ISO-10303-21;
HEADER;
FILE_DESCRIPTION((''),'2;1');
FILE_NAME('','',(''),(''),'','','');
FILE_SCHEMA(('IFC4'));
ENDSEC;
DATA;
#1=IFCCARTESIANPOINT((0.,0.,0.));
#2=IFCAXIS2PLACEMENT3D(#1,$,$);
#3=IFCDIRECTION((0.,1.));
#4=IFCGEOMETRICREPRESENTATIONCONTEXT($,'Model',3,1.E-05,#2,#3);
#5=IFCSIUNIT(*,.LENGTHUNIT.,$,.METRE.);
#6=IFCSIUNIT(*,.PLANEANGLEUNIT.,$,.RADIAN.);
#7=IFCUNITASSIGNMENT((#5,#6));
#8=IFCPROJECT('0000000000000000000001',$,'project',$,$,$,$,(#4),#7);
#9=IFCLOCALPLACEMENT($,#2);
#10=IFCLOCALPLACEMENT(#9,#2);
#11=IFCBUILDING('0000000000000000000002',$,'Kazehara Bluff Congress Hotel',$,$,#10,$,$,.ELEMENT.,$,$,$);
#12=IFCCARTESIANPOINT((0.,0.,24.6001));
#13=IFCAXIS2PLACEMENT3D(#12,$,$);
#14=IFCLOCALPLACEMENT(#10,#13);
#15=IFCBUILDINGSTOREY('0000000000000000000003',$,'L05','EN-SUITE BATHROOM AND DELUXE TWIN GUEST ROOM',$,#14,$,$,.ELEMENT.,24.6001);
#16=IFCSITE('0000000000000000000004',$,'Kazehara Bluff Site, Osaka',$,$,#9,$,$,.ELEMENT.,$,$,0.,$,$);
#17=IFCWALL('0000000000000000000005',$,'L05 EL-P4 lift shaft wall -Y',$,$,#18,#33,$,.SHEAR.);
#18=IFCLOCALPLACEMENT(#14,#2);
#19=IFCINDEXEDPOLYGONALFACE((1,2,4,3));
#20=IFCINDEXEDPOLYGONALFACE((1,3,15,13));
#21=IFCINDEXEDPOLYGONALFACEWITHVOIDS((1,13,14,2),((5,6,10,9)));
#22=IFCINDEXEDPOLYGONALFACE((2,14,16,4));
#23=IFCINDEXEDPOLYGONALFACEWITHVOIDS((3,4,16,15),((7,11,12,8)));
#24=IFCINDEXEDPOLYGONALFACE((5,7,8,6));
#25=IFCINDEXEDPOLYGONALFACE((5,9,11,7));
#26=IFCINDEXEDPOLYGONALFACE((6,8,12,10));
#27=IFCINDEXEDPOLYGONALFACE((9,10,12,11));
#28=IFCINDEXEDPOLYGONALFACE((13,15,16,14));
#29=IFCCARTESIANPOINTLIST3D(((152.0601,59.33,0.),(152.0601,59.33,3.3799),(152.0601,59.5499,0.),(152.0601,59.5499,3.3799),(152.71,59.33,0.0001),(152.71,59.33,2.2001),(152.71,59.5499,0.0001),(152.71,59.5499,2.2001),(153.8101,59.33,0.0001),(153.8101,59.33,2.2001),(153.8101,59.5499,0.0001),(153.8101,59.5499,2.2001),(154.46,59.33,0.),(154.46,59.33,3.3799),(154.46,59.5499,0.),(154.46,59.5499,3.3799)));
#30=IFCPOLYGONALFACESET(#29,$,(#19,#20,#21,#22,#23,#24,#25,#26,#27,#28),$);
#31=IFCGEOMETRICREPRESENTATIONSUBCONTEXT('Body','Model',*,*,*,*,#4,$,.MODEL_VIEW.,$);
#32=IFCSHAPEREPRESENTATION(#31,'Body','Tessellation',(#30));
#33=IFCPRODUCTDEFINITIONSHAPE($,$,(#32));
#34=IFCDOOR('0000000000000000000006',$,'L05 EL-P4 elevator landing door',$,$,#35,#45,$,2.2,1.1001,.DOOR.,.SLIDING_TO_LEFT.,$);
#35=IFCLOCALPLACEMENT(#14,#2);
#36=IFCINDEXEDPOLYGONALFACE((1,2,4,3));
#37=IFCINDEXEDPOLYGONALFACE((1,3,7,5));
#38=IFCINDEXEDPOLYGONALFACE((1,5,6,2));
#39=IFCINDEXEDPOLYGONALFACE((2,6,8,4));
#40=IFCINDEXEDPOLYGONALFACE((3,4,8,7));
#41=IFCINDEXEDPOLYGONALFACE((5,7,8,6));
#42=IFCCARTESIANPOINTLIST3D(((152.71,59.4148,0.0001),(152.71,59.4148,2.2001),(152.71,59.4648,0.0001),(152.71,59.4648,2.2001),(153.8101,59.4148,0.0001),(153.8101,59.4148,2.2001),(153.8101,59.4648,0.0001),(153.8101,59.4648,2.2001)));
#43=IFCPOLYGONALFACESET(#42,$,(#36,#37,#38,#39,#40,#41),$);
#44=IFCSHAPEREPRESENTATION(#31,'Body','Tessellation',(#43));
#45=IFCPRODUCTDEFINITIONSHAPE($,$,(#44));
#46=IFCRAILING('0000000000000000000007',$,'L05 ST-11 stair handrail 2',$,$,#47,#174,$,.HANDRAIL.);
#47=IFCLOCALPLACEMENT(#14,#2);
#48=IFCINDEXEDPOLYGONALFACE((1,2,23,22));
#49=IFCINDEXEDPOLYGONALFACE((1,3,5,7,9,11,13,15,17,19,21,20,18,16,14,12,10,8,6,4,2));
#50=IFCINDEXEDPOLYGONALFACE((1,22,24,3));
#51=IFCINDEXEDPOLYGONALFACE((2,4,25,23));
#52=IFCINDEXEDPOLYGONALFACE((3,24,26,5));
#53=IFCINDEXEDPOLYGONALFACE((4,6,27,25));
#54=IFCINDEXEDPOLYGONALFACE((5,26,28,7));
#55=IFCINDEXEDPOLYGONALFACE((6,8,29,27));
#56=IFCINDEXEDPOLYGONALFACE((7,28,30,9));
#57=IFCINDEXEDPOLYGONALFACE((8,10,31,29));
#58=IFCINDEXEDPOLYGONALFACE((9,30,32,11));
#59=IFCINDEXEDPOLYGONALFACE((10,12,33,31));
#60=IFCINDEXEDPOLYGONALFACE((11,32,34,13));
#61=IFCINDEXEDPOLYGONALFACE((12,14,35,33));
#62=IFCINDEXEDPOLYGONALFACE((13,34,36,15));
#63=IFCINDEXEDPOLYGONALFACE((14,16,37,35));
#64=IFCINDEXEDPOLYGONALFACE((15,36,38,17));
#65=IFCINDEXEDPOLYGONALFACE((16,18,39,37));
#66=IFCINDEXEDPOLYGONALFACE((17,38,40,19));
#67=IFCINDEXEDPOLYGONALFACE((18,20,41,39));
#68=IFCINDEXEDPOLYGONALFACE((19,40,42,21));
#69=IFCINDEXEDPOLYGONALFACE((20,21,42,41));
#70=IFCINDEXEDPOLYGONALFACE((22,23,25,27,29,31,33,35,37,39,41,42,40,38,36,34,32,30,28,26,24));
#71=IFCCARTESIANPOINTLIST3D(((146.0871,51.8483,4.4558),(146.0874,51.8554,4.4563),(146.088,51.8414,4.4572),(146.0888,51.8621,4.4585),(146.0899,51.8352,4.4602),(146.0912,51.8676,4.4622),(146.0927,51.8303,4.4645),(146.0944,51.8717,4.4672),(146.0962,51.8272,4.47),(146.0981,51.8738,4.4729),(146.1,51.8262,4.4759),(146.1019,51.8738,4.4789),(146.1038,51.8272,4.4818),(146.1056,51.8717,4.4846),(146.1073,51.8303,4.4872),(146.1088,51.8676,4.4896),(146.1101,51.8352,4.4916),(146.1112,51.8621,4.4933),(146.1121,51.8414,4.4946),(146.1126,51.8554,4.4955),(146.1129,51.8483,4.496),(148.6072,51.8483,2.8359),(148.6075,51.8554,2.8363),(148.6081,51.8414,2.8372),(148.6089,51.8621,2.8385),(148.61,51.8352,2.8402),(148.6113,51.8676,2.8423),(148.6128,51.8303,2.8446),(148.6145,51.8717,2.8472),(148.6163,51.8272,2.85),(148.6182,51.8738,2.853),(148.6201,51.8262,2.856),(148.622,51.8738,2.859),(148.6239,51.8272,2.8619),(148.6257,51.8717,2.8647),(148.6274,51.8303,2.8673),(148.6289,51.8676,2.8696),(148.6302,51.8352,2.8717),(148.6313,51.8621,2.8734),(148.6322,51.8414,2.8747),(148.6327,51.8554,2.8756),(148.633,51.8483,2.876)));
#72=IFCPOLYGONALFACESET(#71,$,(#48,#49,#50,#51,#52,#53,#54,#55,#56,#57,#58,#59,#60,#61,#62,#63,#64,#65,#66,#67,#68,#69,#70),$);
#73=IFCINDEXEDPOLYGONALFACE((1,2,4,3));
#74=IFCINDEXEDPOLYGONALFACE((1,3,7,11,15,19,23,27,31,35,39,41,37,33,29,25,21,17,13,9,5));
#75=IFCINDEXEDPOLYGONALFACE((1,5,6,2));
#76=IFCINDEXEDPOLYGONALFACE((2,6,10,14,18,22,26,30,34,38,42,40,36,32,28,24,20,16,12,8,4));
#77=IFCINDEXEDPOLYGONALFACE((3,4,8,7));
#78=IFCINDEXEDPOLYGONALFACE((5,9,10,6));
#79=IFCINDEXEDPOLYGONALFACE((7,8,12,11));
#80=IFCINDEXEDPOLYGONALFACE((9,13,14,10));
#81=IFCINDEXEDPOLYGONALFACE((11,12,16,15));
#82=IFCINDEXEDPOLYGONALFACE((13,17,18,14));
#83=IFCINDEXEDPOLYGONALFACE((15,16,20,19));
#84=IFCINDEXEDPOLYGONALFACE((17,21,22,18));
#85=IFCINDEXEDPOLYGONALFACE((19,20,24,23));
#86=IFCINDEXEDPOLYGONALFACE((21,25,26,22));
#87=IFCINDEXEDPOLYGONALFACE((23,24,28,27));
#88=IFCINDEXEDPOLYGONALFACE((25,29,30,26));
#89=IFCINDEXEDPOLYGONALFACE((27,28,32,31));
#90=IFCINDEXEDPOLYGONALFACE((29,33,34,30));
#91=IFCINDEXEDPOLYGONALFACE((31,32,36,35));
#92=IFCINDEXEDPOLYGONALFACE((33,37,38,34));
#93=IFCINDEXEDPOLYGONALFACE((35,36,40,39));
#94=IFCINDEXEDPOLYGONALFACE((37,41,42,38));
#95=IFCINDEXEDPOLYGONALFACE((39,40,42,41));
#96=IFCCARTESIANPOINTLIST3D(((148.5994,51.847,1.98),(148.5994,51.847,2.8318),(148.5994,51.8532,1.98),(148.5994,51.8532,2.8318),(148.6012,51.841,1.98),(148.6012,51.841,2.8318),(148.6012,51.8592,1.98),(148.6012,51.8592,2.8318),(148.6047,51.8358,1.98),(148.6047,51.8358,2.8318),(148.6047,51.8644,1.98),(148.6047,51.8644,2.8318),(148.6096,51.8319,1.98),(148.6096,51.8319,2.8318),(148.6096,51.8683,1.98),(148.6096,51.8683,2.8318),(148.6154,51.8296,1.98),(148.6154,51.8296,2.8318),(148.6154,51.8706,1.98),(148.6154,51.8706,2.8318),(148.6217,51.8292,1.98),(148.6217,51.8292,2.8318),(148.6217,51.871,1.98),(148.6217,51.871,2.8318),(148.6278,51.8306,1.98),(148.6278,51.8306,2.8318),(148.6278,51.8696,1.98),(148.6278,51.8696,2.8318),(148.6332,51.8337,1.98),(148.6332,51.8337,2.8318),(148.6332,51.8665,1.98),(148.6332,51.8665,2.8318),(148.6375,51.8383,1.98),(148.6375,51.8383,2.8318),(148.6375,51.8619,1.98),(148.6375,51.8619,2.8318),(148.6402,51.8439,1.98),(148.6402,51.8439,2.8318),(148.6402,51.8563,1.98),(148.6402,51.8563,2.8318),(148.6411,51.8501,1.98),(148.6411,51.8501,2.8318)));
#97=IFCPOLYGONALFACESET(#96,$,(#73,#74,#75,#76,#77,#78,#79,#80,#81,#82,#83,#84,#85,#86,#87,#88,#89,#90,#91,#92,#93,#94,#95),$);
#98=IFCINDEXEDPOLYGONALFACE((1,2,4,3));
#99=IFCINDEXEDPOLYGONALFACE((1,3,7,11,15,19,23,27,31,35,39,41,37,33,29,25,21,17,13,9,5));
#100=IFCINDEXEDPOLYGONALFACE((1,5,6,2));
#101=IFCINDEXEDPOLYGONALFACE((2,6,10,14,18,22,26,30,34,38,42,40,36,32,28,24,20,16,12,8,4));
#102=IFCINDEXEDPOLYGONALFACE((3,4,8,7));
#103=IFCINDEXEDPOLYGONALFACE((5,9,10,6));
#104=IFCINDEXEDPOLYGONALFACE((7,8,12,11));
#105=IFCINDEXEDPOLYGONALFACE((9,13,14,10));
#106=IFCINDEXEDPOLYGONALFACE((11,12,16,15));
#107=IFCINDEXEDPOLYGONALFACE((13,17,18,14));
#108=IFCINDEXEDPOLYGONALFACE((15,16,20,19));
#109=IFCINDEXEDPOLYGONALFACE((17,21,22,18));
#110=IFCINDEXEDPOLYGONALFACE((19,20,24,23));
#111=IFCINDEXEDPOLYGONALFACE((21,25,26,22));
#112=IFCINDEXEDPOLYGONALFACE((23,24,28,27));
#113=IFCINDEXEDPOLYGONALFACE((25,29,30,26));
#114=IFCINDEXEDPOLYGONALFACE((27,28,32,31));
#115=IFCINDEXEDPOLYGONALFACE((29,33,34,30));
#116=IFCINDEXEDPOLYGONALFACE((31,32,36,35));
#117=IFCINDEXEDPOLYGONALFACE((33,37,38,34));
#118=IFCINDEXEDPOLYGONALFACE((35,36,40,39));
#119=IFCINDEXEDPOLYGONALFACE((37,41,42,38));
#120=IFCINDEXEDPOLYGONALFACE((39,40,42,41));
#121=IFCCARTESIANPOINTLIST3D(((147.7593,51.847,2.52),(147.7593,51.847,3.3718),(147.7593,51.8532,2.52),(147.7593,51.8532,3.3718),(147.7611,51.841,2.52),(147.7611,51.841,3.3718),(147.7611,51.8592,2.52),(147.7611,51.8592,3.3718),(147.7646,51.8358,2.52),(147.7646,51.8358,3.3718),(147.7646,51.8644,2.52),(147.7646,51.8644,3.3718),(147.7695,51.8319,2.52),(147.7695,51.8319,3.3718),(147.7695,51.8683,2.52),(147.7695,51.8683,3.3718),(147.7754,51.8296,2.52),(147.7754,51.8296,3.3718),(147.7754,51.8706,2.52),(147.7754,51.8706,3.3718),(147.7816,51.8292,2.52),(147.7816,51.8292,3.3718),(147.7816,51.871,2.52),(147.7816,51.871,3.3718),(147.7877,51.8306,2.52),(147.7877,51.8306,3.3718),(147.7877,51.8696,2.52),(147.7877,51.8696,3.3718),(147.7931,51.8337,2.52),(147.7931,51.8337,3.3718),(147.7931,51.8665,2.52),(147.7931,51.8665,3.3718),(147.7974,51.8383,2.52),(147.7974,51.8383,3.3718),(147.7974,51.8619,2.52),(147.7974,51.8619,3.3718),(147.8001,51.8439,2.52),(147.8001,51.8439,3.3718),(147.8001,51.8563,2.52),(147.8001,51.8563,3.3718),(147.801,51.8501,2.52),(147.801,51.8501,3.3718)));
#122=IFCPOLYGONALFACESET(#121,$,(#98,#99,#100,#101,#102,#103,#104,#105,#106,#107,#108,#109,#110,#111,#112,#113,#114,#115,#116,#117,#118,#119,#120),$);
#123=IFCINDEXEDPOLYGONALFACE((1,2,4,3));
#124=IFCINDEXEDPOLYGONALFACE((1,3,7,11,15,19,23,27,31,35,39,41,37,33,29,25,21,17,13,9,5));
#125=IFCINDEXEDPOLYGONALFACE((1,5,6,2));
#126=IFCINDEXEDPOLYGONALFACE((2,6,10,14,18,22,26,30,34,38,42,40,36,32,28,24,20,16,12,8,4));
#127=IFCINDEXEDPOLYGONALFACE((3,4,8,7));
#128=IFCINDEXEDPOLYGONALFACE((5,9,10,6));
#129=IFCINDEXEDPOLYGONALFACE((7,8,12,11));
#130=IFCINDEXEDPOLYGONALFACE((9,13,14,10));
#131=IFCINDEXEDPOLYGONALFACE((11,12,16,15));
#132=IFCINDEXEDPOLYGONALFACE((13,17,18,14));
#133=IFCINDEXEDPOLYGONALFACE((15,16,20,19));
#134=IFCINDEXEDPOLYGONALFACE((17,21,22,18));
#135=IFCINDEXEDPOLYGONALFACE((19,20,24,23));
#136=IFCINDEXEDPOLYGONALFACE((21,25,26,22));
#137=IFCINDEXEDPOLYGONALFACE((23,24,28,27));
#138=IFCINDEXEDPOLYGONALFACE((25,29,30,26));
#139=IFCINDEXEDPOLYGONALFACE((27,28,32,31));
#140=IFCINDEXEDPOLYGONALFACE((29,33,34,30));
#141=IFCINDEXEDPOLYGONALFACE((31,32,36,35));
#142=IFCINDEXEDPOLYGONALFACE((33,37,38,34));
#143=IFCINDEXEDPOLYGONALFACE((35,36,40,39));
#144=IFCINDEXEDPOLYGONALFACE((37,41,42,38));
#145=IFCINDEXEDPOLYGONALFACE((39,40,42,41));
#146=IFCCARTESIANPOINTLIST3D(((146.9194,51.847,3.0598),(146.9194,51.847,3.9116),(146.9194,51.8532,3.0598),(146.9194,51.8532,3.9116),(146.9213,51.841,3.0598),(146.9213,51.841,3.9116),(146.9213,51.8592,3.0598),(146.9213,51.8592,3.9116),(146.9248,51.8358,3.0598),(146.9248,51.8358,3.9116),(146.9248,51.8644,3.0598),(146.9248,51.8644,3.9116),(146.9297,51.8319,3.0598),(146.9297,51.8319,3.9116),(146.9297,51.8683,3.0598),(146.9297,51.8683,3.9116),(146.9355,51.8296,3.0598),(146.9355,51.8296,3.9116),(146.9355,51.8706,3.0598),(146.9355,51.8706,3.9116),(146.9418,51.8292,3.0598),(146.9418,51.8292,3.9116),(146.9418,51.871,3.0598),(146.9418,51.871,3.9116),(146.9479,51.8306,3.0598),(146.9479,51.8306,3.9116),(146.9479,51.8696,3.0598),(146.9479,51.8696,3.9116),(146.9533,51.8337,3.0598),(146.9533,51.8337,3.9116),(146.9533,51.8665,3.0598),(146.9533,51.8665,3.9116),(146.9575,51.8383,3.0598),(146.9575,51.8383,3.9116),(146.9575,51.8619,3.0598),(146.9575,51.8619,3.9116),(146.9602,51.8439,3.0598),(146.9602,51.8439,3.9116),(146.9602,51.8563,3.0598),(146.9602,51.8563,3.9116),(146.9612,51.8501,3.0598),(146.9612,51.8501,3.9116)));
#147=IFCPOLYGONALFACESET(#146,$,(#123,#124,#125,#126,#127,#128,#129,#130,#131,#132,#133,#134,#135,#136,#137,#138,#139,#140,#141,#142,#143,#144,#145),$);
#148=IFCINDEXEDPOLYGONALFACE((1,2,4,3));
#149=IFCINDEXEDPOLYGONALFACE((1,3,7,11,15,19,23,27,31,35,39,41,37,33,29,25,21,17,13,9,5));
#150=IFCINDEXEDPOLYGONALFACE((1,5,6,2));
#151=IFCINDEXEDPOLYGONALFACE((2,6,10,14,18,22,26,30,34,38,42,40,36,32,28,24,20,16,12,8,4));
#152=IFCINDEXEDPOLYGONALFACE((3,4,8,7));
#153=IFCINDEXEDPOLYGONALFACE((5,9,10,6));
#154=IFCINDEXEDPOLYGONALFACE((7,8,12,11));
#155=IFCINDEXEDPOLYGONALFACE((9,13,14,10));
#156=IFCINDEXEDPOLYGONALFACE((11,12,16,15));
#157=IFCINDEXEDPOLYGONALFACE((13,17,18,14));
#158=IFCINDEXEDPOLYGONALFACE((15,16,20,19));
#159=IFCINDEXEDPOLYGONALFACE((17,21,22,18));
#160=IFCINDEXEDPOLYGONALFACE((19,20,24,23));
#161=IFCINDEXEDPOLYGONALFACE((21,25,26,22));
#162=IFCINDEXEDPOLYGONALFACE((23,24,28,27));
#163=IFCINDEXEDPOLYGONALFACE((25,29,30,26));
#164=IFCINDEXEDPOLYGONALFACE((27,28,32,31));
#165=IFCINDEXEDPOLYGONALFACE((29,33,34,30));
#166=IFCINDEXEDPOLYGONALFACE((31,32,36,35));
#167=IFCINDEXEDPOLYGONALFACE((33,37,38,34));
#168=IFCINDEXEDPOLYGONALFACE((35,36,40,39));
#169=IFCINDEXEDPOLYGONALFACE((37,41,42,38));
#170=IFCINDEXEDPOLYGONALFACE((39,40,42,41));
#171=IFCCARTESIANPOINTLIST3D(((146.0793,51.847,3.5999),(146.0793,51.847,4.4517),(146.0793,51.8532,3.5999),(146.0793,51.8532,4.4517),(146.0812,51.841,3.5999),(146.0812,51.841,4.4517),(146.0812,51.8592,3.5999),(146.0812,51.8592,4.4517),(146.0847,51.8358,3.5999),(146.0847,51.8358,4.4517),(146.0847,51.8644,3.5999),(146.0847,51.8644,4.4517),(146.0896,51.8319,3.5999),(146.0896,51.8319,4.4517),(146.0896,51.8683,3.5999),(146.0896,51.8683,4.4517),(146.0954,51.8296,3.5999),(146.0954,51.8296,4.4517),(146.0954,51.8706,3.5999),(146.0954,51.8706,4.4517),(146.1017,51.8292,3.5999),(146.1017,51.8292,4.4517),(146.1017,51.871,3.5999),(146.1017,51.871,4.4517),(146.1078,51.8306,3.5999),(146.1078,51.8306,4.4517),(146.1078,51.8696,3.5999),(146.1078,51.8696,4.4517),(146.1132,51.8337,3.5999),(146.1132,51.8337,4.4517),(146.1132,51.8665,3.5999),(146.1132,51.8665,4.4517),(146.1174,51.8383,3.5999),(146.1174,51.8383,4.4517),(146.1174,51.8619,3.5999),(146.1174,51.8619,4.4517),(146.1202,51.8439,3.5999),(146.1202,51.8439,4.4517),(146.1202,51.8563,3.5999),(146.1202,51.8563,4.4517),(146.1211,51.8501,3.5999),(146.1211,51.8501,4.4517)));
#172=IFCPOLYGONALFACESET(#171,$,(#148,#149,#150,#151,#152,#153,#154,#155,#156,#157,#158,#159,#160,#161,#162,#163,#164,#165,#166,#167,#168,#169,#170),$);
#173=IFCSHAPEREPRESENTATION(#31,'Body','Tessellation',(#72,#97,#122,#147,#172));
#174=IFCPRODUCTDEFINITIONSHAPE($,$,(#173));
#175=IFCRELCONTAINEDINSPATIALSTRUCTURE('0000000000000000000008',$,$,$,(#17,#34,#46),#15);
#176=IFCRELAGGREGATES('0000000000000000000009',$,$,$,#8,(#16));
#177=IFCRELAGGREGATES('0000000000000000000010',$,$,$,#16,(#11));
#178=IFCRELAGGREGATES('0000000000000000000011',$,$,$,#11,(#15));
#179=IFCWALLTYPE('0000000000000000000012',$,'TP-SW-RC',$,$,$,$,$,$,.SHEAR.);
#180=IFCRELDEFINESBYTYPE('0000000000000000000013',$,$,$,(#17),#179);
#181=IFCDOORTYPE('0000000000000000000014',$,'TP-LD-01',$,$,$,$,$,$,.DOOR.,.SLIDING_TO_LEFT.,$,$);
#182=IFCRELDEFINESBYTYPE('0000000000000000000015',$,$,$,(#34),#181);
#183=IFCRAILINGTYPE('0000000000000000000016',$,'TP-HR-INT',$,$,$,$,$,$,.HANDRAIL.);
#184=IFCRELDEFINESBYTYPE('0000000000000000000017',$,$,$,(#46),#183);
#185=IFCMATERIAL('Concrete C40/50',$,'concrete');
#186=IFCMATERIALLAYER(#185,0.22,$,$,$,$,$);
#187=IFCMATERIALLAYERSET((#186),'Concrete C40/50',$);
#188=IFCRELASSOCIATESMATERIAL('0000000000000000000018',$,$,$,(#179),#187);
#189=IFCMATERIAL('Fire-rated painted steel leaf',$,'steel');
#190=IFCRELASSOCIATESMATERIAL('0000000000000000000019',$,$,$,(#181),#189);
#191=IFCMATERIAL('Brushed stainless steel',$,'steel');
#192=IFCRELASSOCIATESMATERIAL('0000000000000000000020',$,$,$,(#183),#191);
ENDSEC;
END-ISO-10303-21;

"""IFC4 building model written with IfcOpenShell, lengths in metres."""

from ifc_helpers import new_model, si_unit, direction, frame, frame_2d, origin, origin_2d, place, context, subcontext, project, spatial, rectangle, circle, extrude, material, layer, layer_set, type_object, element, fill, save


model = new_model("IFC4")

# Units and contexts
model_context = context("Model", 3, precision=1e-05, world=origin(), true_north=direction((0.0, 1.0)))
body_context = subcontext(model_context, "Body", "Model", "MODEL_VIEW")
ifc_project = project(units=[si_unit("LENGTHUNIT", "METRE"), si_unit("PLANEANGLEUNIT", "RADIAN")], contexts=[model_context])

# Site, building, storey
site_placement = place(None, origin())
site = spatial("IfcSite", under=ifc_project, at=site_placement, Name="Kazehara Bluff Site, Osaka", CompositionType="ELEMENT", RefElevation=0.0)
building_placement = place(site_placement, origin())
building = spatial("IfcBuilding", under=site, at=building_placement, Name="Kazehara Bluff Congress Hotel", CompositionType="ELEMENT")
storey_placement = place(building_placement, frame((0.0, 0.0, 24.6001)))
storey = spatial("IfcBuildingStorey", under=building, at=storey_placement, Name="L05", Description="EN-SUITE BATHROOM AND DELUXE TWIN GUEST ROOM", CompositionType="ELEMENT", Elevation=24.6001)

# Shared definitions
ifc_material_1 = material(Name="Concrete C40/50", Category="concrete")
ifc_layer_1 = layer(ifc_material_1, 0.22)
ifc_layer_set_1 = layer_set([ifc_layer_1], Name="Concrete C40/50")
wall_type_1 = type_object("IfcWallType", Name="TP-SW-RC", PredefinedType="SHEAR", material=ifc_layer_set_1)

# Shared definitions
ifc_material_2 = material(Name="Fire-rated painted steel leaf", Category="steel")
door_type_1 = type_object("IfcDoorType", Name="TP-LD-01", OperationType="SLIDING_TO_LEFT", PredefinedType="DOOR", material=ifc_material_2)

# Wall, opening, door
wall_1_placement = place(storey_placement, frame((152.0601, 59.4399, 0.0), z_axis=(0.0, 0.0, 1.0), x_axis=(1.0, 0.0, 0.0)))
wall_1 = element("IfcWall", 1, at=wall_1_placement, inside=storey, type_object=wall_type_1, Name="L05 EL-P4 lift shaft wall -Y", PredefinedType="SHEAR", context=body_context, shape_type="SweptSolid", body=[
    extrude(rectangle(XDim=2.3999, YDim=0.22, at=frame_2d((1.2, 0.0))), origin(), (0.0, 0.0, 1.0), 3.3799),
])
opening_1_placement = place(wall_1_placement, frame((0.6499, 0.0, 0.0)))
opening_1 = element("IfcOpeningElement", 2, at=opening_1_placement, cuts=wall_1, PredefinedType="OPENING", context=body_context, shape_type="SweptSolid", body=[
    extrude(rectangle(XDim=1.1001, YDim=2.2, at=frame_2d((0.55, 1.1001))), frame((0.0, 0.1199, 0.0), z_axis=(0.0, -1.0, 0.0), x_axis=(1.0, 0.0, 0.0)), (0.0, 0.0, 1.0), 0.24),
])
door_1_placement = place(opening_1_placement, origin())
door_1 = element("IfcDoor", 3, at=door_1_placement, inside=storey, type_object=door_type_1, Name="L05 EL-P4 elevator landing door", OperationType="SLIDING_TO_LEFT", OverallHeight=2.2, OverallWidth=1.1001, PredefinedType="DOOR", context=body_context, shape_type="SweptSolid", body=[
    extrude(rectangle(XDim=1.1001, YDim=2.2, at=frame_2d((0.55, 1.1001))), frame((0.0, 0.0249, 0.0), z_axis=(0.0, -1.0, 0.0), x_axis=(1.0, 0.0, 0.0)), (0.0, 0.0, 1.0), 0.05),
])
fill(opening_1, door_1)

# Railing
ifc_material_3 = material(Name="Brushed stainless steel", Category="steel")
railing_type = type_object("IfcRailingType", Name="TP-HR-INT", PredefinedType="HANDRAIL", material=ifc_material_3)
railing_placement = place(storey_placement, frame((148.6201, 51.8501, 1.98)))
element("IfcRailing", 4, at=railing_placement, inside=storey, type_object=railing_type, Name="L05 ST-11 stair handrail 2", PredefinedType="HANDRAIL", context=body_context, shape_type="SweptSolid", body=[
    extrude(circle(Radius=0.0239, at=origin_2d()), frame((0.0, 0.0, 0.876), z_axis=(-0.8412, 0.0, 0.540725), x_axis=(0.0, -1.0, 0.0)), (0.0, 0.0, 1.0), 2.9958),
    extrude(circle(Radius=0.021, at=origin_2d()), origin(), (0.0, 0.0, 1.0), 0.8518),
    extrude(circle(Radius=0.021, at=origin_2d()), frame((-0.8401, 0.0, 0.54)), (0.0, 0.0, 1.0), 0.8518),
    extrude(circle(Radius=0.021, at=origin_2d()), frame((-1.6799, 0.0, 1.0798)), (0.0, 0.0, 1.0), 0.8518),
    extrude(circle(Radius=0.021, at=origin_2d()), frame((-2.52, 0.0, 1.6199)), (0.0, 0.0, 1.0), 0.8518),
])

save(model, "model.ifc")
